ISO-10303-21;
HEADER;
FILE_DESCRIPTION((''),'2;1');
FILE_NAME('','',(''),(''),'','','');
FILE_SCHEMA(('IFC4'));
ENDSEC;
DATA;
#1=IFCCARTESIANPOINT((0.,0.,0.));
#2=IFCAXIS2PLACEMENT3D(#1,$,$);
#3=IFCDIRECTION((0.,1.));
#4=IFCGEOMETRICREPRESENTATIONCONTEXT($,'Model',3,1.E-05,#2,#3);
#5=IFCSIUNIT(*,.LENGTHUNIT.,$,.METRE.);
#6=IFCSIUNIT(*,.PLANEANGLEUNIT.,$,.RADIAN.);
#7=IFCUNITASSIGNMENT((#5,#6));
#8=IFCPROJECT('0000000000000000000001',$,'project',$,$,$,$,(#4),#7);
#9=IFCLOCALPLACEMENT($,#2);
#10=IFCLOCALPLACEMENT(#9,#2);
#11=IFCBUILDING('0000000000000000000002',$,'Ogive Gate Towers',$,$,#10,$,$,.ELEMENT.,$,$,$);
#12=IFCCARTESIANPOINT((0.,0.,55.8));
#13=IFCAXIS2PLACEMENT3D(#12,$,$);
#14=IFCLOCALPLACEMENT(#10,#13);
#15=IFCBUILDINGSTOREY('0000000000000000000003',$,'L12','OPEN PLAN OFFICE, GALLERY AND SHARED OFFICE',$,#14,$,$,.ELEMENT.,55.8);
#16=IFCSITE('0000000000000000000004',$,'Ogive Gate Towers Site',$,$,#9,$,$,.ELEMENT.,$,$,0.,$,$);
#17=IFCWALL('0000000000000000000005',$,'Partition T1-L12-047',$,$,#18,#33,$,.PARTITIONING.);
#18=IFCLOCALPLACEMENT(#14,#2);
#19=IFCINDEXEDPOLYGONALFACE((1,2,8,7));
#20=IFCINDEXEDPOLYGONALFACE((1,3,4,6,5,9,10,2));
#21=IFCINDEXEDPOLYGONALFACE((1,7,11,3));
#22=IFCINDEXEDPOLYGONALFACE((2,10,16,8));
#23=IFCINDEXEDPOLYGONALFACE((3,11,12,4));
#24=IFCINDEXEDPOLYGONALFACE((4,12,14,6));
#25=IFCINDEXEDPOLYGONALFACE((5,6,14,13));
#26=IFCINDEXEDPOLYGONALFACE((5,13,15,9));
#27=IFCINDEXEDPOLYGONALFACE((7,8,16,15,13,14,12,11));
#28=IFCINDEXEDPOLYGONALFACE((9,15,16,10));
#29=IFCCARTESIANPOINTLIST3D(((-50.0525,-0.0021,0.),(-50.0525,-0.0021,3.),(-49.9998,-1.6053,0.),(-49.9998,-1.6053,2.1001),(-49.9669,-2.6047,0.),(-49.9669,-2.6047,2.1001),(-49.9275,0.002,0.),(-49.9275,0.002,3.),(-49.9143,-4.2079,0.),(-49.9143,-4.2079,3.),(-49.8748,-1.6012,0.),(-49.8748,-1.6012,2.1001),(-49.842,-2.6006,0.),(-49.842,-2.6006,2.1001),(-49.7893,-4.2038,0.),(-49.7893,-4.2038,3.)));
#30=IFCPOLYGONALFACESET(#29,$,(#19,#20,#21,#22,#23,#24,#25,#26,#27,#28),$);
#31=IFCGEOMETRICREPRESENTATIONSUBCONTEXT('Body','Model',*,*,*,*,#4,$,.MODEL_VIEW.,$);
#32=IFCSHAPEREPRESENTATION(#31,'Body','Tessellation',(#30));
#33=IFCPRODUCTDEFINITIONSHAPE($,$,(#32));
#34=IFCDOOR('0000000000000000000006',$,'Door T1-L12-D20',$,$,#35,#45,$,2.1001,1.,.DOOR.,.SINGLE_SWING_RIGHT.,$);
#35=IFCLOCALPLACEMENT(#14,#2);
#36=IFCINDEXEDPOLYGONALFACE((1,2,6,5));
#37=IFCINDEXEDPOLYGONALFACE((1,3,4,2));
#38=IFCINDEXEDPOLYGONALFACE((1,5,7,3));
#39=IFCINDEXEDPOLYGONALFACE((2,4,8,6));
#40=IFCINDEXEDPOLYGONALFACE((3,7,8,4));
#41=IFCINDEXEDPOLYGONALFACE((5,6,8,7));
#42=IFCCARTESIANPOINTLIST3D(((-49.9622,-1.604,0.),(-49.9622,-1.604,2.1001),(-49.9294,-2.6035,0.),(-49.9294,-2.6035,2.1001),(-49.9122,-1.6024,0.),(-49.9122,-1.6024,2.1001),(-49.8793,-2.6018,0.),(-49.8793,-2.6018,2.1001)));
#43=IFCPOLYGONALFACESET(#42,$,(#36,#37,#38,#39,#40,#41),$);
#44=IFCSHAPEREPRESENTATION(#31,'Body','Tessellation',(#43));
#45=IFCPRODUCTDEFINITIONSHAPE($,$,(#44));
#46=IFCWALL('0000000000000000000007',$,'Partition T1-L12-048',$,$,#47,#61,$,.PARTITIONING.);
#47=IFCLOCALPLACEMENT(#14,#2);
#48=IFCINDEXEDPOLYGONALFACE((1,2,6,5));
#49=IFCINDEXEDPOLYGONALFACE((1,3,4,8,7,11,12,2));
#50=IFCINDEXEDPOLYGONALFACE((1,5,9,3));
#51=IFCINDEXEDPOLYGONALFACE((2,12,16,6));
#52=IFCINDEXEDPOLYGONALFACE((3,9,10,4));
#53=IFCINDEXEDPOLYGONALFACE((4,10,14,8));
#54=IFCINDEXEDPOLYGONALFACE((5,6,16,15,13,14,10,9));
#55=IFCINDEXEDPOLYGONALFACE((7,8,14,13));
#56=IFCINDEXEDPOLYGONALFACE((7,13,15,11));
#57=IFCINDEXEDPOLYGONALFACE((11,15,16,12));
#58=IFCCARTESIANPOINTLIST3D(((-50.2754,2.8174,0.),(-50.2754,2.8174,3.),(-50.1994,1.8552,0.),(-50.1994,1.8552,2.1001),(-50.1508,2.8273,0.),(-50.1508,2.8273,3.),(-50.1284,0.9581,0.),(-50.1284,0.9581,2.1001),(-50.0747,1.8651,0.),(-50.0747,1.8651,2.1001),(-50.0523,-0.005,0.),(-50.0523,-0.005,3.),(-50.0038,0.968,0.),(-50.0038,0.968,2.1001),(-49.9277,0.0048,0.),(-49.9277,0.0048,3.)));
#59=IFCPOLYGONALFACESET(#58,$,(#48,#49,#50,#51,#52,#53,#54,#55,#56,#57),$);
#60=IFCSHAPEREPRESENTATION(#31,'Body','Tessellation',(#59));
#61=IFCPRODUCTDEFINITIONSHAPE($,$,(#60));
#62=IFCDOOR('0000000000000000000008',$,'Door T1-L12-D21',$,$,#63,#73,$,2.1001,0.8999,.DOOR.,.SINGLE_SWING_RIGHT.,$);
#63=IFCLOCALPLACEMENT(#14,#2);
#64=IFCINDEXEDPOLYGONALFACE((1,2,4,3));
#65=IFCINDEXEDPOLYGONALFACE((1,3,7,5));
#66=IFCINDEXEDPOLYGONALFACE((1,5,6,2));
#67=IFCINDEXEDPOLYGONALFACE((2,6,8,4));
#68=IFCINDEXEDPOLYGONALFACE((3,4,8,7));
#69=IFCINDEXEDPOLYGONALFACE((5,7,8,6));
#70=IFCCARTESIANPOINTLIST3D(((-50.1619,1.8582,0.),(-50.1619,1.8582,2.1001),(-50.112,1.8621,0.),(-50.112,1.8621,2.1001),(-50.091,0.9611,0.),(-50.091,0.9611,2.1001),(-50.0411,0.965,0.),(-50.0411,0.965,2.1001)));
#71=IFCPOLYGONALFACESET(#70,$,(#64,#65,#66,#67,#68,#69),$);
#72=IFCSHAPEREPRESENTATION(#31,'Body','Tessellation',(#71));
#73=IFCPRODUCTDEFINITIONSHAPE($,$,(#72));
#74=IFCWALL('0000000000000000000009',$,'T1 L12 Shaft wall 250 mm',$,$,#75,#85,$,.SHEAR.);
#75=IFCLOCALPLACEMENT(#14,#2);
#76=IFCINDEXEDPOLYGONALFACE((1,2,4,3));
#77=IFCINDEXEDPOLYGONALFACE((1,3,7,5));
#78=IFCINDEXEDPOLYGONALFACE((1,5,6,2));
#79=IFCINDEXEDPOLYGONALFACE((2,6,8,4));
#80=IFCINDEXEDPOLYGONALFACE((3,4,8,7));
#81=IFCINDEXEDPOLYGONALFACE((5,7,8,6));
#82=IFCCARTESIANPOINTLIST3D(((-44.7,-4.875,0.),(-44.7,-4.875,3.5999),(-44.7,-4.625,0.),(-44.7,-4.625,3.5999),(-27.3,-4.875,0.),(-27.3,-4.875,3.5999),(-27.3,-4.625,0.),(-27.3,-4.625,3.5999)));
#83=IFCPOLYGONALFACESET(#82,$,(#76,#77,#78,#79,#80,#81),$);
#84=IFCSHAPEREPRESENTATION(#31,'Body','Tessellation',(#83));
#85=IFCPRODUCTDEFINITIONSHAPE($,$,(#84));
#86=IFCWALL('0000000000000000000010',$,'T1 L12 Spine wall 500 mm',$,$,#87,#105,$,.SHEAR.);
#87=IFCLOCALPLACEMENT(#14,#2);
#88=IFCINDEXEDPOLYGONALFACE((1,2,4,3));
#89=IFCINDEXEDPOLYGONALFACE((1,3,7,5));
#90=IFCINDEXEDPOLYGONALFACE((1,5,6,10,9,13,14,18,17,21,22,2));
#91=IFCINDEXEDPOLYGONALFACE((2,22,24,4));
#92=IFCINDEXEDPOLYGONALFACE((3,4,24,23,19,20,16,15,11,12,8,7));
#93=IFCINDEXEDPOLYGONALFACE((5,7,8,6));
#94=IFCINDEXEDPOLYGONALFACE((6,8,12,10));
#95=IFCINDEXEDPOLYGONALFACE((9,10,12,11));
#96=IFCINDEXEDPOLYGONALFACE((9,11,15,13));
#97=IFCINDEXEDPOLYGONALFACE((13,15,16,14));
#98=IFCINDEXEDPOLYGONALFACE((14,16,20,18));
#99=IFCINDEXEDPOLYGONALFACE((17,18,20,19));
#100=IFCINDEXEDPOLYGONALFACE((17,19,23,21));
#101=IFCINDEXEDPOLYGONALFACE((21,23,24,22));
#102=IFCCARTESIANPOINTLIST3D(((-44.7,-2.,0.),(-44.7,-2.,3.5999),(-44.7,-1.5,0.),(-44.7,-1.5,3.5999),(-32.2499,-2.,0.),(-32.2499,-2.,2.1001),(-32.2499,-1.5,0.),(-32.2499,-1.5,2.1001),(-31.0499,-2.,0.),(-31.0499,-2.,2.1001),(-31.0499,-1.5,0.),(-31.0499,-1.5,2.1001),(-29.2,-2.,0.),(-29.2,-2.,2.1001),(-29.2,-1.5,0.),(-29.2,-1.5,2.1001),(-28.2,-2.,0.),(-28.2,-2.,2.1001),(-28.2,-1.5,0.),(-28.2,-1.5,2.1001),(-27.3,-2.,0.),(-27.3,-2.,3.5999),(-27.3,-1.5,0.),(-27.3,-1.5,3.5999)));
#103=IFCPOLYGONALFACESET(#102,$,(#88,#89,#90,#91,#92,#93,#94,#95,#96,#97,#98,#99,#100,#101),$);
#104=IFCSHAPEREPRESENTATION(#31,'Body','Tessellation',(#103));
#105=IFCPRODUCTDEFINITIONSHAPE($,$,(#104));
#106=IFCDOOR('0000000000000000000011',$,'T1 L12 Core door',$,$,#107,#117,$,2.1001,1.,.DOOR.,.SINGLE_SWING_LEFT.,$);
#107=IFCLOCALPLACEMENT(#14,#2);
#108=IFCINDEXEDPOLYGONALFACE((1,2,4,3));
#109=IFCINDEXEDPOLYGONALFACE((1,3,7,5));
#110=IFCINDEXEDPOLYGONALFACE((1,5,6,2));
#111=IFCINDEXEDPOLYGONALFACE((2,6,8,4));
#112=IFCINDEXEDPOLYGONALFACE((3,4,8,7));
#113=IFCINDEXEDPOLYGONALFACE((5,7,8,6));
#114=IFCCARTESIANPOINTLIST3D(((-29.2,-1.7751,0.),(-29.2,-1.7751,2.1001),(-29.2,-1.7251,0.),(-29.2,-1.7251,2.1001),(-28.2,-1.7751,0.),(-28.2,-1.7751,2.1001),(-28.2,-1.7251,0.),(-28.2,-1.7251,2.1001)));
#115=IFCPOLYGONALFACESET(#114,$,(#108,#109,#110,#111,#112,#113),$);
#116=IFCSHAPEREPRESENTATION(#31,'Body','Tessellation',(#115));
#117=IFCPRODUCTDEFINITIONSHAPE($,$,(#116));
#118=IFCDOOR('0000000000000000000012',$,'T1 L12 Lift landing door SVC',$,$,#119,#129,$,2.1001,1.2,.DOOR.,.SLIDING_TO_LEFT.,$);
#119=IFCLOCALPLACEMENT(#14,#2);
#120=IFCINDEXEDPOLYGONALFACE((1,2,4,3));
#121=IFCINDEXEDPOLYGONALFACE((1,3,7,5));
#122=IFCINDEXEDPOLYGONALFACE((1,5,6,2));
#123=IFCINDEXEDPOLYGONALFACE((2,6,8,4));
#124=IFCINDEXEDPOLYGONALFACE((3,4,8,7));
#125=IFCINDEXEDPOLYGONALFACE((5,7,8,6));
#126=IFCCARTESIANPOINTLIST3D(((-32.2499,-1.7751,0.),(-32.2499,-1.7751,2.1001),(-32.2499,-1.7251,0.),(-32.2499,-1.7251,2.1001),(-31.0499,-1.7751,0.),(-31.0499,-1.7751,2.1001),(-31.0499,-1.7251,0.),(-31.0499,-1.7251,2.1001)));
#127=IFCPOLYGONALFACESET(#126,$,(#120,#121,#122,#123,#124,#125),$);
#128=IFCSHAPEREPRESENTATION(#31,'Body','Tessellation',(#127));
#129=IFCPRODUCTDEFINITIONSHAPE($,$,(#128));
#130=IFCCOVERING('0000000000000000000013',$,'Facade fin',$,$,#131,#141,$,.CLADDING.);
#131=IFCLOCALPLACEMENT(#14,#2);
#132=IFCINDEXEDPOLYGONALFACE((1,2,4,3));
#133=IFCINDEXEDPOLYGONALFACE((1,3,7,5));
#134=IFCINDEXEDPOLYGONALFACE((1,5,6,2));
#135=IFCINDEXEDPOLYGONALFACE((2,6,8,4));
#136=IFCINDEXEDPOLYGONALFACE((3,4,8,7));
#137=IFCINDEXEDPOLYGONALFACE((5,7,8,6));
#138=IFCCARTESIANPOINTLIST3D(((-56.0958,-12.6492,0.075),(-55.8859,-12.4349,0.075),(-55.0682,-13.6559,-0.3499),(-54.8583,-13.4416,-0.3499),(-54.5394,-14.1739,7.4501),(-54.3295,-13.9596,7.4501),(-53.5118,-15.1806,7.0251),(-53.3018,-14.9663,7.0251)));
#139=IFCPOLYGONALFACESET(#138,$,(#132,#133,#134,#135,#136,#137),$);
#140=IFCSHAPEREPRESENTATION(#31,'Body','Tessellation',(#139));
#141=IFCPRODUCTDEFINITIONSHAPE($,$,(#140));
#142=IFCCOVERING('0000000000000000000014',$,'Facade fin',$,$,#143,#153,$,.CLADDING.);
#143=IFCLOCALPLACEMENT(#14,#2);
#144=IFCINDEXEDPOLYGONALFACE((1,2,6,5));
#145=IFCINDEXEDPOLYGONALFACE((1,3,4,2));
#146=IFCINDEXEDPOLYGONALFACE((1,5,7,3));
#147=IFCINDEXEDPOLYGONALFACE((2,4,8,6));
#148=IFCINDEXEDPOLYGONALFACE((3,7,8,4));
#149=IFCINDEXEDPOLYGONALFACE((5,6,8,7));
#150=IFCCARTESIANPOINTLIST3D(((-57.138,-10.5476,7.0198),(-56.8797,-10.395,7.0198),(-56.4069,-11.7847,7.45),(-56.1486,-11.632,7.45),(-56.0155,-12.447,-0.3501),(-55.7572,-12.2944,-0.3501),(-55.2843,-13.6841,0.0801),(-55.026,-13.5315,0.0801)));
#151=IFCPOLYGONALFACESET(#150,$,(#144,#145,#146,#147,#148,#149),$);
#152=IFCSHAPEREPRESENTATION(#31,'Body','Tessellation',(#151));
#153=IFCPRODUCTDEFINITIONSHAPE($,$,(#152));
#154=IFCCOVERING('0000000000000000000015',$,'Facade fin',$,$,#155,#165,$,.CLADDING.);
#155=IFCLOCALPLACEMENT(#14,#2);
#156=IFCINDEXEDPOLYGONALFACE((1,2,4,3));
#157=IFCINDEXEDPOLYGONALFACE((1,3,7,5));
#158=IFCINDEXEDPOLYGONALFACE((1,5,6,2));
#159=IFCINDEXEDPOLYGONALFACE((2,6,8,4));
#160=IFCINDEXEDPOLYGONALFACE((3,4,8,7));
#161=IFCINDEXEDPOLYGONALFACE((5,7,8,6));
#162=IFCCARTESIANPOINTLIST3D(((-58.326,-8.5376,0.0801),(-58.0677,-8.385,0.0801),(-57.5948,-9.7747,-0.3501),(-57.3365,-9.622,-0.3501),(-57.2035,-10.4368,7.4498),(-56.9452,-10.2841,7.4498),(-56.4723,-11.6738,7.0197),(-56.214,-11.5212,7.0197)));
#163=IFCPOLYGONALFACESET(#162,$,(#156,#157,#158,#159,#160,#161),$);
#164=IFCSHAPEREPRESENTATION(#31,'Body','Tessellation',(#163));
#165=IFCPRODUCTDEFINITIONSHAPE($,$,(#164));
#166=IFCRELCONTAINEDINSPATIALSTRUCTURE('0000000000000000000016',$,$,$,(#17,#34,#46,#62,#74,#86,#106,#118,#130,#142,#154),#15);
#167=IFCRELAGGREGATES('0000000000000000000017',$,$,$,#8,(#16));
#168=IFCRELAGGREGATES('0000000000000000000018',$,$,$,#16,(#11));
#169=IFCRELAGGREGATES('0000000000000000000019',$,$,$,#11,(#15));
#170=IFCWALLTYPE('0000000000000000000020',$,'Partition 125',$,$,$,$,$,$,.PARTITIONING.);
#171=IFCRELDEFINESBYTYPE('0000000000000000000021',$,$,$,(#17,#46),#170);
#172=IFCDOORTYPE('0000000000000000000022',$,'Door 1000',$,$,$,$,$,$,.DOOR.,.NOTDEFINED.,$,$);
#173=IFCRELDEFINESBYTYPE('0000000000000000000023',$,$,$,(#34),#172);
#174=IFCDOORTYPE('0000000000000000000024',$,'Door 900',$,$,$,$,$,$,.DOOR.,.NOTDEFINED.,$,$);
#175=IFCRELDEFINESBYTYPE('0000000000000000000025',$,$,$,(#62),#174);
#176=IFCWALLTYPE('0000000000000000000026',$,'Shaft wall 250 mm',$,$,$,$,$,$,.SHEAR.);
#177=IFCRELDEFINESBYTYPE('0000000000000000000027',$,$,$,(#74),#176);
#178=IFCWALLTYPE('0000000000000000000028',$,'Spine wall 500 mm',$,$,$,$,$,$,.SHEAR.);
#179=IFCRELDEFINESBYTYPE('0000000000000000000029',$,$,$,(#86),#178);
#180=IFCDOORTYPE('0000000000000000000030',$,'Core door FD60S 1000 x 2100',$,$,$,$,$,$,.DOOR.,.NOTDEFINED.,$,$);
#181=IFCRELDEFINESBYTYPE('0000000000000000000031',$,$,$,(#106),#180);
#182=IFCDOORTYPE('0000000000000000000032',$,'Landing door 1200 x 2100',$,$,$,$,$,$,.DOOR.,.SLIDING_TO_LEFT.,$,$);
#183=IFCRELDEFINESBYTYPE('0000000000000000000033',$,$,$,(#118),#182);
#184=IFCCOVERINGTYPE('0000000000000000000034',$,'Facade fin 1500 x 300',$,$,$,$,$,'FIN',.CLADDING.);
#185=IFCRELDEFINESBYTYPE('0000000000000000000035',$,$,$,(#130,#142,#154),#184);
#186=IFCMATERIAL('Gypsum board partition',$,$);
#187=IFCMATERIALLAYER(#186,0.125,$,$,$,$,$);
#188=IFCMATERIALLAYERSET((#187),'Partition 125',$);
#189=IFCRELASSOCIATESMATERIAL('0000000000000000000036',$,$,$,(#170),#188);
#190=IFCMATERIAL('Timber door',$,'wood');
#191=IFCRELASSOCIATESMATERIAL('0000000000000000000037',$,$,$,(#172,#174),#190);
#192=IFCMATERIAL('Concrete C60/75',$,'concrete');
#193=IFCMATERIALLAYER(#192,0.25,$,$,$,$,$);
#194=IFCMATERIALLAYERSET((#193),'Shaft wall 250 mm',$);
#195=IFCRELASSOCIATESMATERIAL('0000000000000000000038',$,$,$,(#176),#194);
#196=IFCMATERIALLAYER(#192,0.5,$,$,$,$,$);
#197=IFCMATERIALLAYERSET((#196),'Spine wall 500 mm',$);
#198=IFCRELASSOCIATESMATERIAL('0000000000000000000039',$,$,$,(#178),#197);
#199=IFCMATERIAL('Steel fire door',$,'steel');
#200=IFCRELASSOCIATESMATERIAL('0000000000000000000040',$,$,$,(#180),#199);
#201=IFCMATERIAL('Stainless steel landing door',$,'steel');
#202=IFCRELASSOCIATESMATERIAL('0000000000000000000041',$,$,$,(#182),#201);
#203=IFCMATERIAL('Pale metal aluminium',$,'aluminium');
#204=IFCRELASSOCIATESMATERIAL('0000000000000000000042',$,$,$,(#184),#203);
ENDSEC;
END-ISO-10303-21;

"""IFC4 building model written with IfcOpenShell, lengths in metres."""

from ifc_helpers import new_model, si_unit, direction, frame, frame_2d, origin, origin_2d, place, context, subcontext, project, spatial, rectangle, extrude, material, layer, layer_set, material_profile, profile_set, type_object, element, fill, save


model = new_model("IFC4")

# Units and contexts
model_context = context("Model", 3, precision=1e-05, world=origin(), true_north=direction((0.0, 1.0)))
body_context = subcontext(model_context, "Body", "Model", "MODEL_VIEW")
ifc_project = project(units=[si_unit("LENGTHUNIT", "METRE"), si_unit("PLANEANGLEUNIT", "RADIAN")], contexts=[model_context])

# Site, building, storey
site_placement = place(None, origin())
site = spatial("IfcSite", under=ifc_project, at=site_placement, Name="Ogive Gate Towers Site", CompositionType="ELEMENT", RefElevation=0.0)
building_placement = place(site_placement, origin())
building = spatial("IfcBuilding", under=site, at=building_placement, Name="Ogive Gate Towers", CompositionType="ELEMENT")
storey_placement = place(building_placement, frame((0.0, 0.0, 55.8)))
storey = spatial("IfcBuildingStorey", under=building, at=storey_placement, Name="L12", Description="OPEN PLAN OFFICE, GALLERY AND SHARED OFFICE", CompositionType="ELEMENT", Elevation=55.8)

# Shared definitions
ifc_material_1 = material(Name="Pale metal aluminium", Category="aluminium")

# Shared definitions
ifc_material_2 = material(Name="Concrete C60/75", Category="concrete")
ifc_material_3 = material(Name="Timber door", Category="wood")
ifc_material_4 = material(Name="Steel fire door", Category="steel")

# Walls, openings, doors
ifc_material_5 = material(Name="Gypsum board partition")
ifc_layer_1 = layer(ifc_material_5, 0.125)
ifc_layer_set_1 = layer_set([ifc_layer_1], Name="Partition 125")
wall_type_1 = type_object("IfcWallType", Name="Partition 125", PredefinedType="PARTITIONING", material=ifc_layer_set_1)
wall_1_placement = place(storey_placement, frame((-49.8518, -4.2058, 0.0), z_axis=(0.0, 0.0, 1.0), x_axis=(-0.032838, 0.999461, 0.0)))
wall_1 = element("IfcWall", 1, at=wall_1_placement, inside=storey, type_object=wall_type_1, Name="Partition T1-L12-047", PredefinedType="PARTITIONING", context=body_context, shape_type="SweptSolid", body=[
    extrude(rectangle(XDim=4.208, YDim=0.125, at=frame_2d((2.104, 0.0))), origin(), (0.0, 0.0, 1.0), 3.0),
])
opening_1_placement = place(wall_1_placement, frame((1.604, 0.0, 0.0)))
opening_1 = element("IfcOpeningElement", 2, at=opening_1_placement, cuts=wall_1, PredefinedType="OPENING", context=body_context, shape_type="SweptSolid", body=[
    extrude(rectangle(XDim=1.0, YDim=2.1001, at=frame_2d((0.5, 1.05))), frame((0.0, 0.0725, 0.0), z_axis=(0.0, -1.0, 0.0), x_axis=(1.0, 0.0, 0.0)), (0.0, 0.0, 1.0), 0.145),
])
door_type_1 = type_object("IfcDoorType", Name="Door 1000", OperationType="NOTDEFINED", PredefinedType="DOOR", material=ifc_material_3)
door_1_placement = place(opening_1_placement, origin())
door_1 = element("IfcDoor", 3, at=door_1_placement, inside=storey, type_object=door_type_1, Name="Door T1-L12-D20", OperationType="SINGLE_SWING_RIGHT", OverallHeight=2.1001, OverallWidth=1.0, PredefinedType="DOOR", context=body_context, shape_type="SweptSolid", body=[
    extrude(rectangle(XDim=1.0, YDim=2.1001, at=frame_2d((0.5, 1.05))), frame((0.0, 0.0249, 0.0), z_axis=(0.0, -1.0, 0.0), x_axis=(1.0, 0.0, 0.0)), (0.0, 0.0, 1.0), 0.05),
])
fill(opening_1, door_1)
wall_2_placement = place(storey_placement, frame((-49.99, 0.0, 0.0), z_axis=(0.0, 0.0, 1.0), x_axis=(-0.078813, 0.996889, 0.0)))
wall_2 = element("IfcWall", 4, at=wall_2_placement, inside=storey, type_object=wall_type_1, Name="Partition T1-L12-048", PredefinedType="PARTITIONING", context=body_context, shape_type="SweptSolid", body=[
    extrude(rectangle(XDim=2.8313, YDim=0.125, at=frame_2d((1.4155, 0.0))), origin(), (0.0, 0.0, 1.0), 3.0),
])
opening_2_placement = place(wall_2_placement, frame((0.9661, 0.0, 0.0)))
opening_2 = element("IfcOpeningElement", 5, at=opening_2_placement, cuts=wall_2, PredefinedType="OPENING", context=body_context, shape_type="SweptSolid", body=[
    extrude(rectangle(XDim=0.8999, YDim=2.1001, at=frame_2d((0.45, 1.05))), frame((0.0, 0.0725, 0.0), z_axis=(0.0, -1.0, 0.0), x_axis=(1.0, 0.0, 0.0)), (0.0, 0.0, 1.0), 0.145),
])
door_type_2 = type_object("IfcDoorType", Name="Door 900", OperationType="NOTDEFINED", PredefinedType="DOOR", material=ifc_material_3)
door_2_placement = place(opening_2_placement, origin())
door_2 = element("IfcDoor", 6, at=door_2_placement, inside=storey, type_object=door_type_2, Name="Door T1-L12-D21", OperationType="SINGLE_SWING_RIGHT", OverallHeight=2.1001, OverallWidth=0.8999, PredefinedType="DOOR", context=body_context, shape_type="SweptSolid", body=[
    extrude(rectangle(XDim=0.8999, YDim=2.1001, at=frame_2d((0.45, 1.05))), frame((0.0, 0.0249, 0.0), z_axis=(0.0, -1.0, 0.0), x_axis=(1.0, 0.0, 0.0)), (0.0, 0.0, 1.0), 0.05),
])
fill(opening_2, door_2)

# Wall
ifc_layer_2 = layer(ifc_material_2, 0.25)
ifc_layer_set_2 = layer_set([ifc_layer_2], Name="Shaft wall 250 mm")
wall_type_2 = type_object("IfcWallType", Name="Shaft wall 250 mm", PredefinedType="SHEAR", material=ifc_layer_set_2)
wall_3_placement = place(storey_placement, frame((-44.7, -4.75, 0.0), z_axis=(0.0, 0.0, 1.0), x_axis=(1.0, 0.0, 0.0)))
element("IfcWall", 7, at=wall_3_placement, inside=storey, type_object=wall_type_2, Name="T1 L12 Shaft wall 250 mm", PredefinedType="SHEAR", context=body_context, shape_type="SweptSolid", body=[
    extrude(rectangle(XDim=17.3999, YDim=0.25, at=frame_2d((8.7, 0.0))), origin(), (0.0, 0.0, 1.0), 3.5999),
])

# Wall, openings, doors
ifc_layer_3 = layer(ifc_material_2, 0.5)
ifc_layer_set_3 = layer_set([ifc_layer_3], Name="Spine wall 500 mm")
wall_type_3 = type_object("IfcWallType", Name="Spine wall 500 mm", PredefinedType="SHEAR", material=ifc_layer_set_3)
wall_4_placement = place(storey_placement, frame((-44.7, -1.75, 0.0), z_axis=(0.0, 0.0, 1.0), x_axis=(1.0, 0.0, 0.0)))
wall_4 = element("IfcWall", 8, at=wall_4_placement, inside=storey, type_object=wall_type_3, Name="T1 L12 Spine wall 500 mm", PredefinedType="SHEAR", context=body_context, shape_type="SweptSolid", body=[
    extrude(rectangle(XDim=17.3999, YDim=0.5, at=frame_2d((8.7, 0.0))), origin(), (0.0, 0.0, 1.0), 3.5999),
])
opening_3_placement = place(wall_4_placement, frame((12.45, 0.0, 0.0)))
opening_3 = element("IfcOpeningElement", 9, at=opening_3_placement, cuts=wall_4, PredefinedType="OPENING", context=body_context, shape_type="SweptSolid", body=[
    extrude(rectangle(XDim=1.2, YDim=2.1001, at=frame_2d((0.6001, 1.05))), frame((0.0, 0.26, 0.0), z_axis=(0.0, -1.0, 0.0), x_axis=(1.0, 0.0, 0.0)), (0.0, 0.0, 1.0), 0.52),
])
opening_4_placement = place(wall_4_placement, frame((15.5, 0.0, 0.0)))
opening_4 = element("IfcOpeningElement", 10, at=opening_4_placement, cuts=wall_4, PredefinedType="OPENING", context=body_context, shape_type="SweptSolid", body=[
    extrude(rectangle(XDim=1.0, YDim=2.1001, at=frame_2d((0.5, 1.05))), frame((0.0, 0.26, 0.0), z_axis=(0.0, -1.0, 0.0), x_axis=(1.0, 0.0, 0.0)), (0.0, 0.0, 1.0), 0.52),
])
door_type_3 = type_object("IfcDoorType", Name="Core door FD60S 1000 x 2100", OperationType="NOTDEFINED", PredefinedType="DOOR", material=ifc_material_4)
door_3_placement = place(opening_4_placement, origin())
door_3 = element("IfcDoor", 11, at=door_3_placement, inside=storey, type_object=door_type_3, Name="T1 L12 Core door", OperationType="SINGLE_SWING_LEFT", OverallHeight=2.1001, OverallWidth=1.0, PredefinedType="DOOR", context=body_context, shape_type="SweptSolid", body=[
    extrude(rectangle(XDim=1.0, YDim=2.1001, at=frame_2d((0.5, 1.05))), frame((0.0, 0.0249, 0.0), z_axis=(0.0, -1.0, 0.0), x_axis=(1.0, 0.0, 0.0)), (0.0, 0.0, 1.0), 0.05),
])
fill(opening_4, door_3)
ifc_material_6 = material(Name="Stainless steel landing door", Category="steel")
door_type_4 = type_object("IfcDoorType", Name="Landing door 1200 x 2100", OperationType="SLIDING_TO_LEFT", PredefinedType="DOOR", material=ifc_material_6)
door_4_placement = place(opening_3_placement, origin())
door_4 = element("IfcDoor", 12, at=door_4_placement, inside=storey, type_object=door_type_4, Name="T1 L12 Lift landing door SVC", OperationType="SLIDING_TO_LEFT", OverallHeight=2.1001, OverallWidth=1.2, PredefinedType="DOOR", context=body_context, shape_type="SweptSolid", body=[
    extrude(rectangle(XDim=1.2, YDim=2.1001, at=frame_2d((0.6001, 1.05))), frame((0.0, 0.0249, 0.0), z_axis=(0.0, -1.0, 0.0), x_axis=(1.0, 0.0, 0.0)), (0.0, 0.0, 1.0), 0.05),
])
fill(opening_3, door_4)

# Coverings
ifc_material_profile_1 = material_profile(ifc_material_1, rectangle(XDim=0.3, YDim=1.5, at=origin_2d()), Name="1500 x 300 pale metal aluminium")
ifc_profile_set_1 = profile_set([ifc_material_profile_1], Name="Pale metal aluminium")
covering_type = type_object("IfcCoveringType", Name="Facade fin 1500 x 300", ElementType="FIN", PredefinedType="CLADDING", material=ifc_profile_set_1)
covering_1_placement = place(storey_placement, frame((-55.4771, -13.0454, -0.1375), z_axis=(0.20239, -0.198263, 0.959026), x_axis=(0.699786, 0.714353, 0.0)))
element("IfcCovering", 13, at=covering_1_placement, inside=storey, type_object=covering_type, Name="Facade fin", PredefinedType="CLADDING", context=body_context, shape_type="SweptSolid", body=[
    extrude(rectangle(XDim=0.3, YDim=1.5, at=origin_2d()), origin(), (0.0, 0.0, 1.0), 7.6902),
])
covering_2_placement = place(storey_placement, frame((-55.5208, -12.9893, -0.135), z_axis=(-0.145919, 0.2469, 0.957992), x_axis=(-0.860891, -0.508789, 0.0)))
element("IfcCovering", 14, at=covering_2_placement, inside=storey, type_object=covering_type, Name="Facade fin", PredefinedType="CLADDING", context=body_context, shape_type="SweptSolid", body=[
    extrude(rectangle(XDim=0.3, YDim=1.5, at=origin_2d()), origin(), (0.0, 0.0, 1.0), 7.6931),
])
covering_3_placement = place(storey_placement, frame((-57.8313, -9.0798, -0.135), z_axis=(0.14592, -0.24687, 0.957999), x_axis=(0.860863, 0.508837, 0.0)))
element("IfcCovering", 15, at=covering_3_placement, inside=storey, type_object=covering_type, Name="Facade fin", PredefinedType="CLADDING", context=body_context, shape_type="SweptSolid", body=[
    extrude(rectangle(XDim=0.3, YDim=1.5, at=origin_2d()), origin(), (0.0, 0.0, 1.0), 7.6929),
])

save(model, "model.ifc")
